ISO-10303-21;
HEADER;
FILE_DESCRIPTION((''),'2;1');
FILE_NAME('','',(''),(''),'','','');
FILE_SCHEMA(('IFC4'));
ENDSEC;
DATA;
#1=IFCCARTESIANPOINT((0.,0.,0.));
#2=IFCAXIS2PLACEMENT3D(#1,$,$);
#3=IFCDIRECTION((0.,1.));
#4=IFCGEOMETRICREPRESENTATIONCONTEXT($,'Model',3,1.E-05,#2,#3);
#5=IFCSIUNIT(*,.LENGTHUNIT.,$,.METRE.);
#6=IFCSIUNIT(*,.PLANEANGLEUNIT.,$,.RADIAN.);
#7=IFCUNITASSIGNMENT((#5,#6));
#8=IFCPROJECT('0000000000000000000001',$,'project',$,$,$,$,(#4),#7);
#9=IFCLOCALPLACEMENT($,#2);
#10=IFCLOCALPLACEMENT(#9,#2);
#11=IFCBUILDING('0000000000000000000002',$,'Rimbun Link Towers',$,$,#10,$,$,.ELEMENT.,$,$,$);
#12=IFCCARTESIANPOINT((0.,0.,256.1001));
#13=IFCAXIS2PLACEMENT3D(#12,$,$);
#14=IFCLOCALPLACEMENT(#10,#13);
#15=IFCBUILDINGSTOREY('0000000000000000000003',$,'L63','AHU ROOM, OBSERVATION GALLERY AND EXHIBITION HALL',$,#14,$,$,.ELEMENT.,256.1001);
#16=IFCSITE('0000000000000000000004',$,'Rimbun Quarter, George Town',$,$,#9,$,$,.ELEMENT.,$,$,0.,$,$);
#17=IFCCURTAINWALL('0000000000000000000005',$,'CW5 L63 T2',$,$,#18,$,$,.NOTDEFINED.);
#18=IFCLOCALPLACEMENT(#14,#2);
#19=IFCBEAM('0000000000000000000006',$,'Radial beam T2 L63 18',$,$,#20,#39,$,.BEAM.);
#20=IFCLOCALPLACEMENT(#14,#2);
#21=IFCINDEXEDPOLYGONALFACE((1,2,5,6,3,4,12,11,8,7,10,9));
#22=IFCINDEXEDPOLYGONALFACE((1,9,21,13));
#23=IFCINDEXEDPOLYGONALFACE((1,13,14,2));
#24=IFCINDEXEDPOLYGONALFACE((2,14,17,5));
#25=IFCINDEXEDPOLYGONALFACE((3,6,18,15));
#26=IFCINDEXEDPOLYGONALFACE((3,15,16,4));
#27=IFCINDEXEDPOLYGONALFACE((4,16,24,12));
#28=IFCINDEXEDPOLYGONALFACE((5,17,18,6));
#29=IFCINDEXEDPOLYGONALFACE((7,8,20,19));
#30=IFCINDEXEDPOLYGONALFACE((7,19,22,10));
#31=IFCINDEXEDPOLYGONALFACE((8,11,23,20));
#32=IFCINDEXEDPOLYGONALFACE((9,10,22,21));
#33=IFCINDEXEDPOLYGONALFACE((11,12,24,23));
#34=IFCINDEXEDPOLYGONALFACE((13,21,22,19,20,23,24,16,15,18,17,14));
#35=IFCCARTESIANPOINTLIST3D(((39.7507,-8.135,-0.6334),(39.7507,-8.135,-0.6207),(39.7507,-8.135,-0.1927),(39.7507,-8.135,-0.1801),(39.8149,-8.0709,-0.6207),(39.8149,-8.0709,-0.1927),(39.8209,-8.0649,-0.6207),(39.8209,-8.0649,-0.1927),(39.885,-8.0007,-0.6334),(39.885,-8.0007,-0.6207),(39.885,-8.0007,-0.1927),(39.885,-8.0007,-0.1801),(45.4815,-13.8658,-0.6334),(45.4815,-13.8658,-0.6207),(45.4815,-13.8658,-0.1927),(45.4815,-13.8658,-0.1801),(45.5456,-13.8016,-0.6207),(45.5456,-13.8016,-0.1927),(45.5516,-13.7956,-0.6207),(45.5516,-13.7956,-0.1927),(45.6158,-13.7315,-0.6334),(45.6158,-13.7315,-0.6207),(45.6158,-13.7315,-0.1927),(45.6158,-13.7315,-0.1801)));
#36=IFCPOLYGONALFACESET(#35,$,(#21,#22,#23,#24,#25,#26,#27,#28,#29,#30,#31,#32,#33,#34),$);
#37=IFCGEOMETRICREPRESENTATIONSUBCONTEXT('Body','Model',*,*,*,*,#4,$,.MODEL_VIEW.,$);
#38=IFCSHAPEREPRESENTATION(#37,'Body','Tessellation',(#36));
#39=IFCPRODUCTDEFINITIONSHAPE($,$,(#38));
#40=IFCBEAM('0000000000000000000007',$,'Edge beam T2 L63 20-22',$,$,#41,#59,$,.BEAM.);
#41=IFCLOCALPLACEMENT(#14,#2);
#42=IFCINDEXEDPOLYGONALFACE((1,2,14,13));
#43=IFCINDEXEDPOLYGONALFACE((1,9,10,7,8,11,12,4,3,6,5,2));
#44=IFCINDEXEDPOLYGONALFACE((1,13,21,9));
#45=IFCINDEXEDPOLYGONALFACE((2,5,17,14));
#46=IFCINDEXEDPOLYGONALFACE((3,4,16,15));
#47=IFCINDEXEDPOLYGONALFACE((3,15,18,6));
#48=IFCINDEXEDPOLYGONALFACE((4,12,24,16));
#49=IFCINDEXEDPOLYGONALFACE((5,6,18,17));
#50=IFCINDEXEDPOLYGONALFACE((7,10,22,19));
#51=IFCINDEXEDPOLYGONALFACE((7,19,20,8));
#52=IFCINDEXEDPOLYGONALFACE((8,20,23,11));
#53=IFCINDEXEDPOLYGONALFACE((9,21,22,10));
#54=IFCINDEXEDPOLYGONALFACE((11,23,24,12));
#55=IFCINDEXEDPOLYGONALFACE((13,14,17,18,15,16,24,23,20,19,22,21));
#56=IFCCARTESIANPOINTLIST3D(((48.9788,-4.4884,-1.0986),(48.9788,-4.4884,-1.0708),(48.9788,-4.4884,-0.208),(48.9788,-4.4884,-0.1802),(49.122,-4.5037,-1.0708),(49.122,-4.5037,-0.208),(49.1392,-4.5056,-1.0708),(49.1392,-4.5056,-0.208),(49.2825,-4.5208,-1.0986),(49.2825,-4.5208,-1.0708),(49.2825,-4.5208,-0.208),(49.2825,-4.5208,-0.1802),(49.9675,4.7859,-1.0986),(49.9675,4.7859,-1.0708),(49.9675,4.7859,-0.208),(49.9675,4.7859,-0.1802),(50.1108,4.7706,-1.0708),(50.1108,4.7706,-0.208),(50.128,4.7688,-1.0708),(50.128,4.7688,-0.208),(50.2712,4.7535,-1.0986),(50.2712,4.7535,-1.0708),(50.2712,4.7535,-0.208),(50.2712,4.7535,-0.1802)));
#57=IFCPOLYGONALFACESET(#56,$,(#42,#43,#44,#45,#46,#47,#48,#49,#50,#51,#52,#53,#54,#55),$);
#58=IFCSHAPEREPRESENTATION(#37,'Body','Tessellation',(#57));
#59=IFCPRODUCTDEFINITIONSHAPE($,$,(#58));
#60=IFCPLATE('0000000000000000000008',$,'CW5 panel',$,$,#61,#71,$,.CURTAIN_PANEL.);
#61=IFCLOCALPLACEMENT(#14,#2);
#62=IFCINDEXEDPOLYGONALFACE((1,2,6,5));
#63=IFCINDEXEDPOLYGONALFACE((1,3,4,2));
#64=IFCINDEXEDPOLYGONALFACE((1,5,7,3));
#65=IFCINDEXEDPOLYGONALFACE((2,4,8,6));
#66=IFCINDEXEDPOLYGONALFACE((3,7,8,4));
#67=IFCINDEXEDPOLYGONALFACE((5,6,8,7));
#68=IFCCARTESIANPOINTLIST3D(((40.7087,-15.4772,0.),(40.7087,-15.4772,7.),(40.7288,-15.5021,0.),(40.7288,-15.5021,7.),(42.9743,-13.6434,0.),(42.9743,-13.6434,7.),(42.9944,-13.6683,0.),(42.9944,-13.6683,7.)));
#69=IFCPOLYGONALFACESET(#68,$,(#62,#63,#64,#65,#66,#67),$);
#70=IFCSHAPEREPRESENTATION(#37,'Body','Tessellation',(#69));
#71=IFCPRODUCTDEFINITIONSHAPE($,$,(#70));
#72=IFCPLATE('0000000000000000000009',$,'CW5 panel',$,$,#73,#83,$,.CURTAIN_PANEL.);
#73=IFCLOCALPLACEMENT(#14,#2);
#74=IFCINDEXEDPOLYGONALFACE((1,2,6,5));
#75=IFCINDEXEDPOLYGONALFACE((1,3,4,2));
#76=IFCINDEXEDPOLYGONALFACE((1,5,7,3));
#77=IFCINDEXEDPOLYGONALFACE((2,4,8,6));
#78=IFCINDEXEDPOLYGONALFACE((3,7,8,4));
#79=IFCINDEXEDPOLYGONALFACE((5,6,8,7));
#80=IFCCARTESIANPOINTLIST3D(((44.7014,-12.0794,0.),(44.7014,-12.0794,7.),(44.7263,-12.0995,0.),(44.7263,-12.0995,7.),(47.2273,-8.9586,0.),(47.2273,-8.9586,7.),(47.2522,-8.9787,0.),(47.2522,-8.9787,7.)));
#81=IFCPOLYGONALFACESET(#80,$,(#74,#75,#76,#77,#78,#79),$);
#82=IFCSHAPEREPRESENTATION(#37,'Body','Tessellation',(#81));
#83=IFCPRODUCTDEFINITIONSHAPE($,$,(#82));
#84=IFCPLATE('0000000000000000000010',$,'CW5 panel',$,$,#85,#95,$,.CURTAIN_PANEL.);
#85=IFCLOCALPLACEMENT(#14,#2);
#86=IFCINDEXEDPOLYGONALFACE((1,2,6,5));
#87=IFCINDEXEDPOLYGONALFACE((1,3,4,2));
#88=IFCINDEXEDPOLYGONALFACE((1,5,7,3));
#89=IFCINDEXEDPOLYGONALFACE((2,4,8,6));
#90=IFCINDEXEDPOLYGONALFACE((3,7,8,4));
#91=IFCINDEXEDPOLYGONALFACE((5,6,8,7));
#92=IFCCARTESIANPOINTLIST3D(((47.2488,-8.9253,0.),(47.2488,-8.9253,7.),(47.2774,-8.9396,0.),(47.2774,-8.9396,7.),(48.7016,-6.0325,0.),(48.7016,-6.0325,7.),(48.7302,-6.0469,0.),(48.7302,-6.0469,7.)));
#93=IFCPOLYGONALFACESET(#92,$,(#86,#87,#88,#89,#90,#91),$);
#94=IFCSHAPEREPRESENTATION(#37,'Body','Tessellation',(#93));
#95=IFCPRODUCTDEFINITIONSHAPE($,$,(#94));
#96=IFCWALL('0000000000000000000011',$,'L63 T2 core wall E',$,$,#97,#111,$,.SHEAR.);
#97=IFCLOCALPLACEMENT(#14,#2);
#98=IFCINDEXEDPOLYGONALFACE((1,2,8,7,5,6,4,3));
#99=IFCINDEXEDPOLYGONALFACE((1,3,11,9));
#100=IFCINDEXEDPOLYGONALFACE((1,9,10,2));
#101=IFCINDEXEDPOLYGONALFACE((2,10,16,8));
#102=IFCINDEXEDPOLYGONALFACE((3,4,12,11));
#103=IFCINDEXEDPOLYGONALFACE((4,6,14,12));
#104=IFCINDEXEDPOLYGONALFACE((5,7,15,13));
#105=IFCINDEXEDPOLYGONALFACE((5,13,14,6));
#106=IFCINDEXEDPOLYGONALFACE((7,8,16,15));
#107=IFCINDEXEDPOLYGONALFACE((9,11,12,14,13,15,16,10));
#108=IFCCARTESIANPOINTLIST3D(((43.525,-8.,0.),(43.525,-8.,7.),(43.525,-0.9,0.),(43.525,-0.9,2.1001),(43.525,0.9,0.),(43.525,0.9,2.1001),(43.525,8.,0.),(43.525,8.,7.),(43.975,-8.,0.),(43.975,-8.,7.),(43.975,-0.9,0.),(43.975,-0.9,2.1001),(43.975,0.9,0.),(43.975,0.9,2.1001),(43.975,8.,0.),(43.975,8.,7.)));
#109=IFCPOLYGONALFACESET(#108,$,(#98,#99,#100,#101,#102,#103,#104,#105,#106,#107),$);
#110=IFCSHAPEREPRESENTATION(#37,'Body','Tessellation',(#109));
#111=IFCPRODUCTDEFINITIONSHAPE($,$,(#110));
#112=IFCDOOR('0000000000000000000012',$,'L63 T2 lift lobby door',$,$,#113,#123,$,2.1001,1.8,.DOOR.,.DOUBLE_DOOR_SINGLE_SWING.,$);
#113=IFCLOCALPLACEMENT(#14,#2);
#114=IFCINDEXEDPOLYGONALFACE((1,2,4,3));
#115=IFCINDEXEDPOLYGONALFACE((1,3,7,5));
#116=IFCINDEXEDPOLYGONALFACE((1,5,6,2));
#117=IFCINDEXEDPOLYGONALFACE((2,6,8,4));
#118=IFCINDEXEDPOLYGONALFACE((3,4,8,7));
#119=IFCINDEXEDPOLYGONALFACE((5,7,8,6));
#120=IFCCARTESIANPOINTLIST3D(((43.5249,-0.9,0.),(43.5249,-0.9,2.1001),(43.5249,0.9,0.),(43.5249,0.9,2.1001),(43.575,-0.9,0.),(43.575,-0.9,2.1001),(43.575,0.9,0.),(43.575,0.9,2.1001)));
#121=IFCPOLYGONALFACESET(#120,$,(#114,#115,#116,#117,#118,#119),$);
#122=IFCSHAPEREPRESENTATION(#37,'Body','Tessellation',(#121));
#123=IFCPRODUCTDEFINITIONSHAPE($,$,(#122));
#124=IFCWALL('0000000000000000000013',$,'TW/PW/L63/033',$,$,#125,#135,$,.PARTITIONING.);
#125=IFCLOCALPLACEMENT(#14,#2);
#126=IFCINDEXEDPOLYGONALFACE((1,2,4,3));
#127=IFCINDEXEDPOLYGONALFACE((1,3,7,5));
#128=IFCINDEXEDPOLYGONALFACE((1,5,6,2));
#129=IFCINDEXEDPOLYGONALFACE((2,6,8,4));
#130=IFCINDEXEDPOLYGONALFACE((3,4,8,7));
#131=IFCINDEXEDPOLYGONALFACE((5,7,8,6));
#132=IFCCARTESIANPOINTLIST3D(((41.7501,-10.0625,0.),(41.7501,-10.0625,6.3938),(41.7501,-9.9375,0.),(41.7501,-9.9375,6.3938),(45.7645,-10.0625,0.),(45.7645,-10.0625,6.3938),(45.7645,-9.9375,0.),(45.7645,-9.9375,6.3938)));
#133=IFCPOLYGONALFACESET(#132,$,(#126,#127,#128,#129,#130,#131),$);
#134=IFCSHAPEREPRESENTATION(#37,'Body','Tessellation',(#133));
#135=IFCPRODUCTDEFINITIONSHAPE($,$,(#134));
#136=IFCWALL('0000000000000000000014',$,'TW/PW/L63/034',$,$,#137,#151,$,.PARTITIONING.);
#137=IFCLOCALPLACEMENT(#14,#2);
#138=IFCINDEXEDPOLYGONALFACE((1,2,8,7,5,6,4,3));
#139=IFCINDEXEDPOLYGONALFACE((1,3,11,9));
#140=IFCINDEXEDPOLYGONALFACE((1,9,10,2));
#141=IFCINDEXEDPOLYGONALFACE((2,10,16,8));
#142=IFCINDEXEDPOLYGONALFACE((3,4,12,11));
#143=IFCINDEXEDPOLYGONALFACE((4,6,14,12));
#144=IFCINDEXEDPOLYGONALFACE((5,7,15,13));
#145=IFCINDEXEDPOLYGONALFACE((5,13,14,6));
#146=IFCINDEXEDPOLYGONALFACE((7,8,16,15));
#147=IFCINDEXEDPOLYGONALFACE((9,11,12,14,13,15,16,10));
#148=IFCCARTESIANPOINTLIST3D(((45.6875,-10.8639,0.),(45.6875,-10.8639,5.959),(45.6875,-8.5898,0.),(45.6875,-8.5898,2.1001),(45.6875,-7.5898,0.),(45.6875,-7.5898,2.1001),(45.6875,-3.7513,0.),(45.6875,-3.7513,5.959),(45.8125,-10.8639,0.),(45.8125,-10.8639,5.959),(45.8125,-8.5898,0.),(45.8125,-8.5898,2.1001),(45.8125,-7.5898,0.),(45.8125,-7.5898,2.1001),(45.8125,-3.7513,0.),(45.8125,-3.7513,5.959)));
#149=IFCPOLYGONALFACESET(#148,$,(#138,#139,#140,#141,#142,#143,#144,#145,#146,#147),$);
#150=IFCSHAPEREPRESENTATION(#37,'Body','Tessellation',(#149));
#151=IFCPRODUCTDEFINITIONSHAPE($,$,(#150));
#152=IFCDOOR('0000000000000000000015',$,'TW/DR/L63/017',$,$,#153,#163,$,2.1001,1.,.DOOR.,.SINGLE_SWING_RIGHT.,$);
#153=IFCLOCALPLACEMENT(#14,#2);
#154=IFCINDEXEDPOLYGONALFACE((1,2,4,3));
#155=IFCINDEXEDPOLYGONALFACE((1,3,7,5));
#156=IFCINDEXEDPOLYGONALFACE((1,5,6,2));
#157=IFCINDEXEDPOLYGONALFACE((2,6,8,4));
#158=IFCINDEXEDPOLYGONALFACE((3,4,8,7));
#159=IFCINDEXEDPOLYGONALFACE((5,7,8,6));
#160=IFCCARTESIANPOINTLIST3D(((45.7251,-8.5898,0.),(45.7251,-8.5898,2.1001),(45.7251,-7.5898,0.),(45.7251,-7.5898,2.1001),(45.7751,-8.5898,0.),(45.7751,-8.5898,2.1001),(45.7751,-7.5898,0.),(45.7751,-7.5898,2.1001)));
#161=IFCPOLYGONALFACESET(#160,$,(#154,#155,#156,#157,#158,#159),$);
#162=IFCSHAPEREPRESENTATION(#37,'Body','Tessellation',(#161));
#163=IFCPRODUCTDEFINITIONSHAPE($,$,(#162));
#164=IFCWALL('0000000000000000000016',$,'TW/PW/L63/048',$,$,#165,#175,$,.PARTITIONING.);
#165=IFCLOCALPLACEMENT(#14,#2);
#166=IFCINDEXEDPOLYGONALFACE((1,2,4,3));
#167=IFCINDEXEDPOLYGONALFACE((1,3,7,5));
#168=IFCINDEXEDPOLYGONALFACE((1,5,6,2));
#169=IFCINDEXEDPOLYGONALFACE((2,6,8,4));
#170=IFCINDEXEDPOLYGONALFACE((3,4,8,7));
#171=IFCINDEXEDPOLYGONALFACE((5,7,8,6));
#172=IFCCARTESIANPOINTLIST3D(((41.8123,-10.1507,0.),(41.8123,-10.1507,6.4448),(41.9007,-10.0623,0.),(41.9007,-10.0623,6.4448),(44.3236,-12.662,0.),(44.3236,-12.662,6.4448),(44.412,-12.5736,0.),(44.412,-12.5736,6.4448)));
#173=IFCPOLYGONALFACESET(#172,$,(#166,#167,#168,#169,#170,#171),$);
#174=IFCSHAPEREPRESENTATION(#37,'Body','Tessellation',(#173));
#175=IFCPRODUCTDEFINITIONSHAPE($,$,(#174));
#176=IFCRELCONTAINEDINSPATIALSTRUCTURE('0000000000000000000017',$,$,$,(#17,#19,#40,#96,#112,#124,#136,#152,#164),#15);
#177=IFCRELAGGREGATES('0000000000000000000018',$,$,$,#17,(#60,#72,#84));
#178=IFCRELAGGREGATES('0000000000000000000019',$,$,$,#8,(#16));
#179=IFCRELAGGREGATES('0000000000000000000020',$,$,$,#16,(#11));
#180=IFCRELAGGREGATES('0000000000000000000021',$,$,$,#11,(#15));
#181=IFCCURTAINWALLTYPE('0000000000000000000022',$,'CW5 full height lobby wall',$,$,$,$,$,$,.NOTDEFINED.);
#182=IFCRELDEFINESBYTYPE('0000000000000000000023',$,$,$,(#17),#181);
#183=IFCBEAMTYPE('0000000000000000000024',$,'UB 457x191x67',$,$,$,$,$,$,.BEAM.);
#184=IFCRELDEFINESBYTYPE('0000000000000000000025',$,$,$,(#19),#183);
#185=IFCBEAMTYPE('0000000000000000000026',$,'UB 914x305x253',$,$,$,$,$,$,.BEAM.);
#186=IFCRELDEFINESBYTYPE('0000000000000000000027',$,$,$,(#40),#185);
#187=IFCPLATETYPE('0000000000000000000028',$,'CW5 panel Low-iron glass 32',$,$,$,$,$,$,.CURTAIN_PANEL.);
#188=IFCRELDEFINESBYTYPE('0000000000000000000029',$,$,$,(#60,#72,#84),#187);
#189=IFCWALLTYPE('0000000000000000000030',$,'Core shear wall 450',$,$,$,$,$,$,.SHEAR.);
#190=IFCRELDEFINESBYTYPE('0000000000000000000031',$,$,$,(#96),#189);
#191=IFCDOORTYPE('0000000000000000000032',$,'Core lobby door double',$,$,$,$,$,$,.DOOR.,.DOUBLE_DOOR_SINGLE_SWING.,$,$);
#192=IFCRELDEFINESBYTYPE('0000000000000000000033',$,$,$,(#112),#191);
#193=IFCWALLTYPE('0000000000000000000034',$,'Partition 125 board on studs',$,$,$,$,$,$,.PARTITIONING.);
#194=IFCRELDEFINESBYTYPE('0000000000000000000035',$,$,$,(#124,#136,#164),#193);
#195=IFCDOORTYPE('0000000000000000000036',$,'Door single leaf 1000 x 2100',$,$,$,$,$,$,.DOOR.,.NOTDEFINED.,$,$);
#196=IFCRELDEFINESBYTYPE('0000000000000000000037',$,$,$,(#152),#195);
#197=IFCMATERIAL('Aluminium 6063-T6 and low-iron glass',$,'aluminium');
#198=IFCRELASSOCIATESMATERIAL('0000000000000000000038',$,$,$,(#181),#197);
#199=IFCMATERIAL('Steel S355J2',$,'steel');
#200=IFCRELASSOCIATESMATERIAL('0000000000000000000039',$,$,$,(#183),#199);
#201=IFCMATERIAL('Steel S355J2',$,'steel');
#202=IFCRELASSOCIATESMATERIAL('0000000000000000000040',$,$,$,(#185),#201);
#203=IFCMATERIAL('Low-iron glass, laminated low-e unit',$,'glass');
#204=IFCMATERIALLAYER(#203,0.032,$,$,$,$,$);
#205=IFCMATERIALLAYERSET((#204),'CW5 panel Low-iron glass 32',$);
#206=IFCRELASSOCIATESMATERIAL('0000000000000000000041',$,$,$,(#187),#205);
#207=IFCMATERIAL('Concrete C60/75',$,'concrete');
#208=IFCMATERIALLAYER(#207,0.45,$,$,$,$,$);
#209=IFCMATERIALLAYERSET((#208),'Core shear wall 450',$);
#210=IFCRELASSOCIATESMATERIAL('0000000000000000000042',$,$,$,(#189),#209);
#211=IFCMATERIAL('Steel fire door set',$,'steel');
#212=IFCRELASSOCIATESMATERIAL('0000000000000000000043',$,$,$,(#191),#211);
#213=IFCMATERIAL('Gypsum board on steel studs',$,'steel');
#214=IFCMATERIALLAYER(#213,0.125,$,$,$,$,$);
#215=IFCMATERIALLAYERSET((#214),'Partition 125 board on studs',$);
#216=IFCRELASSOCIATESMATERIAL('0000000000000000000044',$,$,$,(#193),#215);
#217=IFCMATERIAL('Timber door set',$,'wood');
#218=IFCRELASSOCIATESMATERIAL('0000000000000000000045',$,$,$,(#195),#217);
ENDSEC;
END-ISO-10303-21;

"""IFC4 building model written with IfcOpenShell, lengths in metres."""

from ifc_helpers import new_model, si_unit, direction, frame, frame_2d, origin, origin_2d, place, context, subcontext, project, spatial, rectangle, i_section, extrude, material, layer, layer_set, material_profile, profile_set, type_object, element, fill, aggregate, save


model = new_model("IFC4")

# Units and contexts
model_context = context("Model", 3, precision=1e-05, world=origin(), true_north=direction((0.0, 1.0)))
body_context = subcontext(model_context, "Body", "Model", "MODEL_VIEW")
ifc_project = project(units=[si_unit("LENGTHUNIT", "METRE"), si_unit("PLANEANGLEUNIT", "RADIAN")], contexts=[model_context])

# Site, building, storey
site_placement = place(None, origin())
site = spatial("IfcSite", under=ifc_project, at=site_placement, Name="Rimbun Quarter, George Town", CompositionType="ELEMENT", RefElevation=0.0)
building_placement = place(site_placement, origin())
building = spatial("IfcBuilding", under=site, at=building_placement, Name="Rimbun Link Towers", CompositionType="ELEMENT")
storey_placement = place(building_placement, frame((0.0, 0.0, 256.1001)))
storey = spatial("IfcBuildingStorey", under=building, at=storey_placement, Name="L63", Description="AHU ROOM, OBSERVATION GALLERY AND EXHIBITION HALL", CompositionType="ELEMENT", Elevation=256.1001)

# Curtain wall
ifc_material_1 = material(Name="Aluminium 6063-T6 and low-iron glass", Category="aluminium")
curtain_wall_type = type_object("IfcCurtainWallType", Name="CW5 full height lobby wall", PredefinedType="NOTDEFINED", material=ifc_material_1)
curtain_wall_placement = place(storey_placement, origin())
curtain_wall = element("IfcCurtainWall", 1, at=curtain_wall_placement, inside=storey, type_object=curtain_wall_type, Name="CW5 L63 T2", PredefinedType="NOTDEFINED")

# Beams
ifc_material_2 = material(Name="Steel S355J2", Category="steel")
ifc_material_profile_1 = material_profile(ifc_material_2, i_section(OverallWidth=0.1899, OverallDepth=0.4534, WebThickness=0.0085, FlangeThickness=0.0127, at=origin_2d()), Name="UB 457x191x67")
ifc_profile_set_1 = profile_set([ifc_material_profile_1], Name="Steel S355J2")
beam_type_1 = type_object("IfcBeamType", Name="UB 457x191x67", PredefinedType="BEAM", material=ifc_profile_set_1)
beam_1_placement = place(storey_placement, frame((39.8179, -8.0679, -0.4067), z_axis=(0.707107, -0.707107, 0.0), x_axis=(0.707107, 0.707107, 0.0)))
element("IfcBeam", 2, at=beam_1_placement, inside=storey, type_object=beam_type_1, Name="Radial beam T2 L63 18", PredefinedType="BEAM", context=body_context, shape_type="SweptSolid", body=[
    extrude(i_section(OverallWidth=0.1899, OverallDepth=0.4534, WebThickness=0.0085, FlangeThickness=0.0127, at=origin_2d()), origin(), (0.0, 0.0, 1.0), 8.1045),
])
ifc_material_3 = material(Name="Steel S355J2", Category="steel")
ifc_material_profile_2 = material_profile(ifc_material_3, i_section(OverallWidth=0.3054, OverallDepth=0.9185, WebThickness=0.0173, FlangeThickness=0.0278, at=origin_2d()), Name="UB 914x305x253")
ifc_profile_set_2 = profile_set([ifc_material_profile_2], Name="Steel S355J2")
beam_type_2 = type_object("IfcBeamType", Name="UB 914x305x253", PredefinedType="BEAM", material=ifc_profile_set_2)
beam_2_placement = place(storey_placement, frame((49.1306, -4.5046, -0.6394), z_axis=(0.106012, 0.994365, 0.0), x_axis=(-0.994365, 0.106012, 0.0)))
element("IfcBeam", 3, at=beam_2_placement, inside=storey, type_object=beam_type_2, Name="Edge beam T2 L63 20-22", PredefinedType="BEAM", context=body_context, shape_type="SweptSolid", body=[
    extrude(i_section(OverallWidth=0.3054, OverallDepth=0.9185, WebThickness=0.0173, FlangeThickness=0.0278, at=origin_2d()), origin(), (0.0, 0.0, 1.0), 9.3269),
])

# Plates
ifc_material_4 = material(Name="Low-iron glass, laminated low-e unit", Category="glass")
ifc_layer_1 = layer(ifc_material_4, 0.032)
ifc_layer_set_1 = layer_set([ifc_layer_1], Name="CW5 panel Low-iron glass 32")
plate_type = type_object("IfcPlateType", Name="CW5 panel Low-iron glass 32", PredefinedType="CURTAIN_PANEL", material=ifc_layer_set_1)
plate_1_placement = place(storey_placement, frame((41.8516, -14.5728, 0.0), z_axis=(0.0, 0.0, 1.0), x_axis=(-0.777289, -0.629144, 0.0)))
plate_1 = element("IfcPlate", 4, at=plate_1_placement, type_object=plate_type, Name="CW5 panel", PredefinedType="CURTAIN_PANEL", context=body_context, shape_type="SweptSolid", body=[
    extrude(rectangle(XDim=2.9148, YDim=0.032, at=origin_2d()), origin(), (0.0, 0.0, 1.0), 7.0),
])
plate_2_placement = place(storey_placement, frame((45.9768, -10.5291, 0.0), z_axis=(0.0, 0.0, 1.0), x_axis=(-0.629144, -0.777289, 0.0)))
plate_2 = element("IfcPlate", 5, at=plate_2_placement, type_object=plate_type, Name="CW5 panel", PredefinedType="CURTAIN_PANEL", context=body_context, shape_type="SweptSolid", body=[
    extrude(rectangle(XDim=4.0149, YDim=0.032, at=origin_2d()), origin(), (0.0, 0.0, 1.0), 7.0),
])
plate_3_placement = place(storey_placement, frame((47.9895, -7.4861, 0.0), z_axis=(0.0, 0.0, 1.0), x_axis=(-0.448787, -0.893639, 0.0)))
plate_3 = element("IfcPlate", 6, at=plate_3_placement, type_object=plate_type, Name="CW5 panel", PredefinedType="CURTAIN_PANEL", context=body_context, shape_type="SweptSolid", body=[
    extrude(rectangle(XDim=3.2371, YDim=0.032, at=origin_2d()), origin(), (0.0, 0.0, 1.0), 7.0),
])
aggregate(curtain_wall, [plate_1, plate_2, plate_3])

# Wall, opening, door
ifc_material_5 = material(Name="Concrete C60/75", Category="concrete")
ifc_layer_2 = layer(ifc_material_5, 0.45)
ifc_layer_set_2 = layer_set([ifc_layer_2], Name="Core shear wall 450")
wall_type_1 = type_object("IfcWallType", Name="Core shear wall 450", PredefinedType="SHEAR", material=ifc_layer_set_2)
wall_1_placement = place(storey_placement, frame((43.75, -8.0, 0.0), z_axis=(0.0, 0.0, 1.0), x_axis=(0.0, 1.0, 0.0)))
wall_1 = element("IfcWall", 7, at=wall_1_placement, inside=storey, type_object=wall_type_1, Name="L63 T2 core wall E", PredefinedType="SHEAR", context=body_context, shape_type="SweptSolid", body=[
    extrude(rectangle(XDim=16.0, YDim=0.45, at=frame_2d((8.0, 0.0))), origin(), (0.0, 0.0, 1.0), 7.0),
])
opening_1_placement = place(wall_1_placement, frame((7.1001, 0.0, 0.0)))
opening_1 = element("IfcOpeningElement", 8, at=opening_1_placement, cuts=wall_1, PredefinedType="OPENING", context=body_context, shape_type="SweptSolid", body=[
    extrude(rectangle(XDim=1.8, YDim=2.1001, at=frame_2d((0.8999, 1.05))), frame((0.0, 0.2349, 0.0), z_axis=(0.0, -1.0, 0.0), x_axis=(1.0, 0.0, 0.0)), (0.0, 0.0, 1.0), 0.47),
])
ifc_material_6 = material(Name="Steel fire door set", Category="steel")
door_type_1 = type_object("IfcDoorType", Name="Core lobby door double", OperationType="DOUBLE_DOOR_SINGLE_SWING", PredefinedType="DOOR", material=ifc_material_6)
door_1_placement = place(opening_1_placement, origin())
door_1 = element("IfcDoor", 9, at=door_1_placement, inside=storey, type_object=door_type_1, Name="L63 T2 lift lobby door", OperationType="DOUBLE_DOOR_SINGLE_SWING", OverallHeight=2.1001, OverallWidth=1.8, PredefinedType="DOOR", context=body_context, shape_type="SweptSolid", body=[
    extrude(rectangle(XDim=1.8, YDim=2.1001, at=frame_2d((0.8999, 1.05))), frame((0.0, 0.2251, 0.0), z_axis=(0.0, -1.0, 0.0), x_axis=(1.0, 0.0, 0.0)), (0.0, 0.0, 1.0), 0.05),
])
fill(opening_1, door_1)

# Wall
ifc_material_7 = material(Name="Gypsum board on steel studs", Category="steel")
ifc_layer_3 = layer(ifc_material_7, 0.125)
ifc_layer_set_3 = layer_set([ifc_layer_3], Name="Partition 125 board on studs")
wall_type_2 = type_object("IfcWallType", Name="Partition 125 board on studs", PredefinedType="PARTITIONING", material=ifc_layer_set_3)
wall_2_placement = place(storey_placement, frame((41.75, -10.0, 0.0), z_axis=(0.0, 0.0, 1.0), x_axis=(1.0, 0.0, 0.0)))
element("IfcWall", 10, at=wall_2_placement, inside=storey, type_object=wall_type_2, Name="TW/PW/L63/033", PredefinedType="PARTITIONING", context=body_context, shape_type="SweptSolid", body=[
    extrude(rectangle(XDim=4.0144, YDim=0.125, at=frame_2d((2.0073, 0.0))), origin(), (0.0, 0.0, 1.0), 6.3938),
])

# Wall, opening, door
wall_3_placement = place(storey_placement, frame((45.75, -10.8638, 0.0), z_axis=(0.0, 0.0, 1.0), x_axis=(0.0, 1.0, 0.0)))
wall_3 = element("IfcWall", 11, at=wall_3_placement, inside=storey, type_object=wall_type_2, Name="TW/PW/L63/034", PredefinedType="PARTITIONING", context=body_context, shape_type="SweptSolid", body=[
    extrude(rectangle(XDim=7.1125, YDim=0.125, at=frame_2d((3.5562, 0.0))), origin(), (0.0, 0.0, 1.0), 5.959),
])
opening_2_placement = place(wall_3_placement, frame((2.2739, 0.0, 0.0)))
opening_2 = element("IfcOpeningElement", 12, at=opening_2_placement, cuts=wall_3, PredefinedType="OPENING", context=body_context, shape_type="SweptSolid", body=[
    extrude(rectangle(XDim=1.0, YDim=2.1001, at=frame_2d((0.5, 1.05))), frame((0.0, 0.0725, 0.0), z_axis=(0.0, -1.0, 0.0), x_axis=(1.0, 0.0, 0.0)), (0.0, 0.0, 1.0), 0.145),
])
ifc_material_8 = material(Name="Timber door set", Category="wood")
door_type_2 = type_object("IfcDoorType", Name="Door single leaf 1000 x 2100", OperationType="NOTDEFINED", PredefinedType="DOOR", material=ifc_material_8)
door_2_placement = place(opening_2_placement, origin())
door_2 = element("IfcDoor", 13, at=door_2_placement, inside=storey, type_object=door_type_2, Name="TW/DR/L63/017", OperationType="SINGLE_SWING_RIGHT", OverallHeight=2.1001, OverallWidth=1.0, PredefinedType="DOOR", context=body_context, shape_type="SweptSolid", body=[
    extrude(rectangle(XDim=1.0, YDim=2.1001, at=frame_2d((0.5, 1.05))), frame((0.0, 0.0249, 0.0), z_axis=(0.0, -1.0, 0.0), x_axis=(1.0, 0.0, 0.0)), (0.0, 0.0, 1.0), 0.05),
])
fill(opening_2, door_2)

# Wall
wall_4_placement = place(storey_placement, frame((44.3679, -12.6179, 0.0), z_axis=(0.0, 0.0, 1.0), x_axis=(-0.707107, 0.707107, 0.0)))
element("IfcWall", 14, at=wall_4_placement, inside=storey, type_object=wall_type_2, Name="TW/PW/L63/048", PredefinedType="PARTITIONING", context=body_context, shape_type="SweptSolid", body=[
    extrude(rectangle(XDim=3.5515, YDim=0.125, at=frame_2d((1.7759, 0.0))), origin(), (0.0, 0.0, 1.0), 6.4448),
])

save(model, "model.ifc")
